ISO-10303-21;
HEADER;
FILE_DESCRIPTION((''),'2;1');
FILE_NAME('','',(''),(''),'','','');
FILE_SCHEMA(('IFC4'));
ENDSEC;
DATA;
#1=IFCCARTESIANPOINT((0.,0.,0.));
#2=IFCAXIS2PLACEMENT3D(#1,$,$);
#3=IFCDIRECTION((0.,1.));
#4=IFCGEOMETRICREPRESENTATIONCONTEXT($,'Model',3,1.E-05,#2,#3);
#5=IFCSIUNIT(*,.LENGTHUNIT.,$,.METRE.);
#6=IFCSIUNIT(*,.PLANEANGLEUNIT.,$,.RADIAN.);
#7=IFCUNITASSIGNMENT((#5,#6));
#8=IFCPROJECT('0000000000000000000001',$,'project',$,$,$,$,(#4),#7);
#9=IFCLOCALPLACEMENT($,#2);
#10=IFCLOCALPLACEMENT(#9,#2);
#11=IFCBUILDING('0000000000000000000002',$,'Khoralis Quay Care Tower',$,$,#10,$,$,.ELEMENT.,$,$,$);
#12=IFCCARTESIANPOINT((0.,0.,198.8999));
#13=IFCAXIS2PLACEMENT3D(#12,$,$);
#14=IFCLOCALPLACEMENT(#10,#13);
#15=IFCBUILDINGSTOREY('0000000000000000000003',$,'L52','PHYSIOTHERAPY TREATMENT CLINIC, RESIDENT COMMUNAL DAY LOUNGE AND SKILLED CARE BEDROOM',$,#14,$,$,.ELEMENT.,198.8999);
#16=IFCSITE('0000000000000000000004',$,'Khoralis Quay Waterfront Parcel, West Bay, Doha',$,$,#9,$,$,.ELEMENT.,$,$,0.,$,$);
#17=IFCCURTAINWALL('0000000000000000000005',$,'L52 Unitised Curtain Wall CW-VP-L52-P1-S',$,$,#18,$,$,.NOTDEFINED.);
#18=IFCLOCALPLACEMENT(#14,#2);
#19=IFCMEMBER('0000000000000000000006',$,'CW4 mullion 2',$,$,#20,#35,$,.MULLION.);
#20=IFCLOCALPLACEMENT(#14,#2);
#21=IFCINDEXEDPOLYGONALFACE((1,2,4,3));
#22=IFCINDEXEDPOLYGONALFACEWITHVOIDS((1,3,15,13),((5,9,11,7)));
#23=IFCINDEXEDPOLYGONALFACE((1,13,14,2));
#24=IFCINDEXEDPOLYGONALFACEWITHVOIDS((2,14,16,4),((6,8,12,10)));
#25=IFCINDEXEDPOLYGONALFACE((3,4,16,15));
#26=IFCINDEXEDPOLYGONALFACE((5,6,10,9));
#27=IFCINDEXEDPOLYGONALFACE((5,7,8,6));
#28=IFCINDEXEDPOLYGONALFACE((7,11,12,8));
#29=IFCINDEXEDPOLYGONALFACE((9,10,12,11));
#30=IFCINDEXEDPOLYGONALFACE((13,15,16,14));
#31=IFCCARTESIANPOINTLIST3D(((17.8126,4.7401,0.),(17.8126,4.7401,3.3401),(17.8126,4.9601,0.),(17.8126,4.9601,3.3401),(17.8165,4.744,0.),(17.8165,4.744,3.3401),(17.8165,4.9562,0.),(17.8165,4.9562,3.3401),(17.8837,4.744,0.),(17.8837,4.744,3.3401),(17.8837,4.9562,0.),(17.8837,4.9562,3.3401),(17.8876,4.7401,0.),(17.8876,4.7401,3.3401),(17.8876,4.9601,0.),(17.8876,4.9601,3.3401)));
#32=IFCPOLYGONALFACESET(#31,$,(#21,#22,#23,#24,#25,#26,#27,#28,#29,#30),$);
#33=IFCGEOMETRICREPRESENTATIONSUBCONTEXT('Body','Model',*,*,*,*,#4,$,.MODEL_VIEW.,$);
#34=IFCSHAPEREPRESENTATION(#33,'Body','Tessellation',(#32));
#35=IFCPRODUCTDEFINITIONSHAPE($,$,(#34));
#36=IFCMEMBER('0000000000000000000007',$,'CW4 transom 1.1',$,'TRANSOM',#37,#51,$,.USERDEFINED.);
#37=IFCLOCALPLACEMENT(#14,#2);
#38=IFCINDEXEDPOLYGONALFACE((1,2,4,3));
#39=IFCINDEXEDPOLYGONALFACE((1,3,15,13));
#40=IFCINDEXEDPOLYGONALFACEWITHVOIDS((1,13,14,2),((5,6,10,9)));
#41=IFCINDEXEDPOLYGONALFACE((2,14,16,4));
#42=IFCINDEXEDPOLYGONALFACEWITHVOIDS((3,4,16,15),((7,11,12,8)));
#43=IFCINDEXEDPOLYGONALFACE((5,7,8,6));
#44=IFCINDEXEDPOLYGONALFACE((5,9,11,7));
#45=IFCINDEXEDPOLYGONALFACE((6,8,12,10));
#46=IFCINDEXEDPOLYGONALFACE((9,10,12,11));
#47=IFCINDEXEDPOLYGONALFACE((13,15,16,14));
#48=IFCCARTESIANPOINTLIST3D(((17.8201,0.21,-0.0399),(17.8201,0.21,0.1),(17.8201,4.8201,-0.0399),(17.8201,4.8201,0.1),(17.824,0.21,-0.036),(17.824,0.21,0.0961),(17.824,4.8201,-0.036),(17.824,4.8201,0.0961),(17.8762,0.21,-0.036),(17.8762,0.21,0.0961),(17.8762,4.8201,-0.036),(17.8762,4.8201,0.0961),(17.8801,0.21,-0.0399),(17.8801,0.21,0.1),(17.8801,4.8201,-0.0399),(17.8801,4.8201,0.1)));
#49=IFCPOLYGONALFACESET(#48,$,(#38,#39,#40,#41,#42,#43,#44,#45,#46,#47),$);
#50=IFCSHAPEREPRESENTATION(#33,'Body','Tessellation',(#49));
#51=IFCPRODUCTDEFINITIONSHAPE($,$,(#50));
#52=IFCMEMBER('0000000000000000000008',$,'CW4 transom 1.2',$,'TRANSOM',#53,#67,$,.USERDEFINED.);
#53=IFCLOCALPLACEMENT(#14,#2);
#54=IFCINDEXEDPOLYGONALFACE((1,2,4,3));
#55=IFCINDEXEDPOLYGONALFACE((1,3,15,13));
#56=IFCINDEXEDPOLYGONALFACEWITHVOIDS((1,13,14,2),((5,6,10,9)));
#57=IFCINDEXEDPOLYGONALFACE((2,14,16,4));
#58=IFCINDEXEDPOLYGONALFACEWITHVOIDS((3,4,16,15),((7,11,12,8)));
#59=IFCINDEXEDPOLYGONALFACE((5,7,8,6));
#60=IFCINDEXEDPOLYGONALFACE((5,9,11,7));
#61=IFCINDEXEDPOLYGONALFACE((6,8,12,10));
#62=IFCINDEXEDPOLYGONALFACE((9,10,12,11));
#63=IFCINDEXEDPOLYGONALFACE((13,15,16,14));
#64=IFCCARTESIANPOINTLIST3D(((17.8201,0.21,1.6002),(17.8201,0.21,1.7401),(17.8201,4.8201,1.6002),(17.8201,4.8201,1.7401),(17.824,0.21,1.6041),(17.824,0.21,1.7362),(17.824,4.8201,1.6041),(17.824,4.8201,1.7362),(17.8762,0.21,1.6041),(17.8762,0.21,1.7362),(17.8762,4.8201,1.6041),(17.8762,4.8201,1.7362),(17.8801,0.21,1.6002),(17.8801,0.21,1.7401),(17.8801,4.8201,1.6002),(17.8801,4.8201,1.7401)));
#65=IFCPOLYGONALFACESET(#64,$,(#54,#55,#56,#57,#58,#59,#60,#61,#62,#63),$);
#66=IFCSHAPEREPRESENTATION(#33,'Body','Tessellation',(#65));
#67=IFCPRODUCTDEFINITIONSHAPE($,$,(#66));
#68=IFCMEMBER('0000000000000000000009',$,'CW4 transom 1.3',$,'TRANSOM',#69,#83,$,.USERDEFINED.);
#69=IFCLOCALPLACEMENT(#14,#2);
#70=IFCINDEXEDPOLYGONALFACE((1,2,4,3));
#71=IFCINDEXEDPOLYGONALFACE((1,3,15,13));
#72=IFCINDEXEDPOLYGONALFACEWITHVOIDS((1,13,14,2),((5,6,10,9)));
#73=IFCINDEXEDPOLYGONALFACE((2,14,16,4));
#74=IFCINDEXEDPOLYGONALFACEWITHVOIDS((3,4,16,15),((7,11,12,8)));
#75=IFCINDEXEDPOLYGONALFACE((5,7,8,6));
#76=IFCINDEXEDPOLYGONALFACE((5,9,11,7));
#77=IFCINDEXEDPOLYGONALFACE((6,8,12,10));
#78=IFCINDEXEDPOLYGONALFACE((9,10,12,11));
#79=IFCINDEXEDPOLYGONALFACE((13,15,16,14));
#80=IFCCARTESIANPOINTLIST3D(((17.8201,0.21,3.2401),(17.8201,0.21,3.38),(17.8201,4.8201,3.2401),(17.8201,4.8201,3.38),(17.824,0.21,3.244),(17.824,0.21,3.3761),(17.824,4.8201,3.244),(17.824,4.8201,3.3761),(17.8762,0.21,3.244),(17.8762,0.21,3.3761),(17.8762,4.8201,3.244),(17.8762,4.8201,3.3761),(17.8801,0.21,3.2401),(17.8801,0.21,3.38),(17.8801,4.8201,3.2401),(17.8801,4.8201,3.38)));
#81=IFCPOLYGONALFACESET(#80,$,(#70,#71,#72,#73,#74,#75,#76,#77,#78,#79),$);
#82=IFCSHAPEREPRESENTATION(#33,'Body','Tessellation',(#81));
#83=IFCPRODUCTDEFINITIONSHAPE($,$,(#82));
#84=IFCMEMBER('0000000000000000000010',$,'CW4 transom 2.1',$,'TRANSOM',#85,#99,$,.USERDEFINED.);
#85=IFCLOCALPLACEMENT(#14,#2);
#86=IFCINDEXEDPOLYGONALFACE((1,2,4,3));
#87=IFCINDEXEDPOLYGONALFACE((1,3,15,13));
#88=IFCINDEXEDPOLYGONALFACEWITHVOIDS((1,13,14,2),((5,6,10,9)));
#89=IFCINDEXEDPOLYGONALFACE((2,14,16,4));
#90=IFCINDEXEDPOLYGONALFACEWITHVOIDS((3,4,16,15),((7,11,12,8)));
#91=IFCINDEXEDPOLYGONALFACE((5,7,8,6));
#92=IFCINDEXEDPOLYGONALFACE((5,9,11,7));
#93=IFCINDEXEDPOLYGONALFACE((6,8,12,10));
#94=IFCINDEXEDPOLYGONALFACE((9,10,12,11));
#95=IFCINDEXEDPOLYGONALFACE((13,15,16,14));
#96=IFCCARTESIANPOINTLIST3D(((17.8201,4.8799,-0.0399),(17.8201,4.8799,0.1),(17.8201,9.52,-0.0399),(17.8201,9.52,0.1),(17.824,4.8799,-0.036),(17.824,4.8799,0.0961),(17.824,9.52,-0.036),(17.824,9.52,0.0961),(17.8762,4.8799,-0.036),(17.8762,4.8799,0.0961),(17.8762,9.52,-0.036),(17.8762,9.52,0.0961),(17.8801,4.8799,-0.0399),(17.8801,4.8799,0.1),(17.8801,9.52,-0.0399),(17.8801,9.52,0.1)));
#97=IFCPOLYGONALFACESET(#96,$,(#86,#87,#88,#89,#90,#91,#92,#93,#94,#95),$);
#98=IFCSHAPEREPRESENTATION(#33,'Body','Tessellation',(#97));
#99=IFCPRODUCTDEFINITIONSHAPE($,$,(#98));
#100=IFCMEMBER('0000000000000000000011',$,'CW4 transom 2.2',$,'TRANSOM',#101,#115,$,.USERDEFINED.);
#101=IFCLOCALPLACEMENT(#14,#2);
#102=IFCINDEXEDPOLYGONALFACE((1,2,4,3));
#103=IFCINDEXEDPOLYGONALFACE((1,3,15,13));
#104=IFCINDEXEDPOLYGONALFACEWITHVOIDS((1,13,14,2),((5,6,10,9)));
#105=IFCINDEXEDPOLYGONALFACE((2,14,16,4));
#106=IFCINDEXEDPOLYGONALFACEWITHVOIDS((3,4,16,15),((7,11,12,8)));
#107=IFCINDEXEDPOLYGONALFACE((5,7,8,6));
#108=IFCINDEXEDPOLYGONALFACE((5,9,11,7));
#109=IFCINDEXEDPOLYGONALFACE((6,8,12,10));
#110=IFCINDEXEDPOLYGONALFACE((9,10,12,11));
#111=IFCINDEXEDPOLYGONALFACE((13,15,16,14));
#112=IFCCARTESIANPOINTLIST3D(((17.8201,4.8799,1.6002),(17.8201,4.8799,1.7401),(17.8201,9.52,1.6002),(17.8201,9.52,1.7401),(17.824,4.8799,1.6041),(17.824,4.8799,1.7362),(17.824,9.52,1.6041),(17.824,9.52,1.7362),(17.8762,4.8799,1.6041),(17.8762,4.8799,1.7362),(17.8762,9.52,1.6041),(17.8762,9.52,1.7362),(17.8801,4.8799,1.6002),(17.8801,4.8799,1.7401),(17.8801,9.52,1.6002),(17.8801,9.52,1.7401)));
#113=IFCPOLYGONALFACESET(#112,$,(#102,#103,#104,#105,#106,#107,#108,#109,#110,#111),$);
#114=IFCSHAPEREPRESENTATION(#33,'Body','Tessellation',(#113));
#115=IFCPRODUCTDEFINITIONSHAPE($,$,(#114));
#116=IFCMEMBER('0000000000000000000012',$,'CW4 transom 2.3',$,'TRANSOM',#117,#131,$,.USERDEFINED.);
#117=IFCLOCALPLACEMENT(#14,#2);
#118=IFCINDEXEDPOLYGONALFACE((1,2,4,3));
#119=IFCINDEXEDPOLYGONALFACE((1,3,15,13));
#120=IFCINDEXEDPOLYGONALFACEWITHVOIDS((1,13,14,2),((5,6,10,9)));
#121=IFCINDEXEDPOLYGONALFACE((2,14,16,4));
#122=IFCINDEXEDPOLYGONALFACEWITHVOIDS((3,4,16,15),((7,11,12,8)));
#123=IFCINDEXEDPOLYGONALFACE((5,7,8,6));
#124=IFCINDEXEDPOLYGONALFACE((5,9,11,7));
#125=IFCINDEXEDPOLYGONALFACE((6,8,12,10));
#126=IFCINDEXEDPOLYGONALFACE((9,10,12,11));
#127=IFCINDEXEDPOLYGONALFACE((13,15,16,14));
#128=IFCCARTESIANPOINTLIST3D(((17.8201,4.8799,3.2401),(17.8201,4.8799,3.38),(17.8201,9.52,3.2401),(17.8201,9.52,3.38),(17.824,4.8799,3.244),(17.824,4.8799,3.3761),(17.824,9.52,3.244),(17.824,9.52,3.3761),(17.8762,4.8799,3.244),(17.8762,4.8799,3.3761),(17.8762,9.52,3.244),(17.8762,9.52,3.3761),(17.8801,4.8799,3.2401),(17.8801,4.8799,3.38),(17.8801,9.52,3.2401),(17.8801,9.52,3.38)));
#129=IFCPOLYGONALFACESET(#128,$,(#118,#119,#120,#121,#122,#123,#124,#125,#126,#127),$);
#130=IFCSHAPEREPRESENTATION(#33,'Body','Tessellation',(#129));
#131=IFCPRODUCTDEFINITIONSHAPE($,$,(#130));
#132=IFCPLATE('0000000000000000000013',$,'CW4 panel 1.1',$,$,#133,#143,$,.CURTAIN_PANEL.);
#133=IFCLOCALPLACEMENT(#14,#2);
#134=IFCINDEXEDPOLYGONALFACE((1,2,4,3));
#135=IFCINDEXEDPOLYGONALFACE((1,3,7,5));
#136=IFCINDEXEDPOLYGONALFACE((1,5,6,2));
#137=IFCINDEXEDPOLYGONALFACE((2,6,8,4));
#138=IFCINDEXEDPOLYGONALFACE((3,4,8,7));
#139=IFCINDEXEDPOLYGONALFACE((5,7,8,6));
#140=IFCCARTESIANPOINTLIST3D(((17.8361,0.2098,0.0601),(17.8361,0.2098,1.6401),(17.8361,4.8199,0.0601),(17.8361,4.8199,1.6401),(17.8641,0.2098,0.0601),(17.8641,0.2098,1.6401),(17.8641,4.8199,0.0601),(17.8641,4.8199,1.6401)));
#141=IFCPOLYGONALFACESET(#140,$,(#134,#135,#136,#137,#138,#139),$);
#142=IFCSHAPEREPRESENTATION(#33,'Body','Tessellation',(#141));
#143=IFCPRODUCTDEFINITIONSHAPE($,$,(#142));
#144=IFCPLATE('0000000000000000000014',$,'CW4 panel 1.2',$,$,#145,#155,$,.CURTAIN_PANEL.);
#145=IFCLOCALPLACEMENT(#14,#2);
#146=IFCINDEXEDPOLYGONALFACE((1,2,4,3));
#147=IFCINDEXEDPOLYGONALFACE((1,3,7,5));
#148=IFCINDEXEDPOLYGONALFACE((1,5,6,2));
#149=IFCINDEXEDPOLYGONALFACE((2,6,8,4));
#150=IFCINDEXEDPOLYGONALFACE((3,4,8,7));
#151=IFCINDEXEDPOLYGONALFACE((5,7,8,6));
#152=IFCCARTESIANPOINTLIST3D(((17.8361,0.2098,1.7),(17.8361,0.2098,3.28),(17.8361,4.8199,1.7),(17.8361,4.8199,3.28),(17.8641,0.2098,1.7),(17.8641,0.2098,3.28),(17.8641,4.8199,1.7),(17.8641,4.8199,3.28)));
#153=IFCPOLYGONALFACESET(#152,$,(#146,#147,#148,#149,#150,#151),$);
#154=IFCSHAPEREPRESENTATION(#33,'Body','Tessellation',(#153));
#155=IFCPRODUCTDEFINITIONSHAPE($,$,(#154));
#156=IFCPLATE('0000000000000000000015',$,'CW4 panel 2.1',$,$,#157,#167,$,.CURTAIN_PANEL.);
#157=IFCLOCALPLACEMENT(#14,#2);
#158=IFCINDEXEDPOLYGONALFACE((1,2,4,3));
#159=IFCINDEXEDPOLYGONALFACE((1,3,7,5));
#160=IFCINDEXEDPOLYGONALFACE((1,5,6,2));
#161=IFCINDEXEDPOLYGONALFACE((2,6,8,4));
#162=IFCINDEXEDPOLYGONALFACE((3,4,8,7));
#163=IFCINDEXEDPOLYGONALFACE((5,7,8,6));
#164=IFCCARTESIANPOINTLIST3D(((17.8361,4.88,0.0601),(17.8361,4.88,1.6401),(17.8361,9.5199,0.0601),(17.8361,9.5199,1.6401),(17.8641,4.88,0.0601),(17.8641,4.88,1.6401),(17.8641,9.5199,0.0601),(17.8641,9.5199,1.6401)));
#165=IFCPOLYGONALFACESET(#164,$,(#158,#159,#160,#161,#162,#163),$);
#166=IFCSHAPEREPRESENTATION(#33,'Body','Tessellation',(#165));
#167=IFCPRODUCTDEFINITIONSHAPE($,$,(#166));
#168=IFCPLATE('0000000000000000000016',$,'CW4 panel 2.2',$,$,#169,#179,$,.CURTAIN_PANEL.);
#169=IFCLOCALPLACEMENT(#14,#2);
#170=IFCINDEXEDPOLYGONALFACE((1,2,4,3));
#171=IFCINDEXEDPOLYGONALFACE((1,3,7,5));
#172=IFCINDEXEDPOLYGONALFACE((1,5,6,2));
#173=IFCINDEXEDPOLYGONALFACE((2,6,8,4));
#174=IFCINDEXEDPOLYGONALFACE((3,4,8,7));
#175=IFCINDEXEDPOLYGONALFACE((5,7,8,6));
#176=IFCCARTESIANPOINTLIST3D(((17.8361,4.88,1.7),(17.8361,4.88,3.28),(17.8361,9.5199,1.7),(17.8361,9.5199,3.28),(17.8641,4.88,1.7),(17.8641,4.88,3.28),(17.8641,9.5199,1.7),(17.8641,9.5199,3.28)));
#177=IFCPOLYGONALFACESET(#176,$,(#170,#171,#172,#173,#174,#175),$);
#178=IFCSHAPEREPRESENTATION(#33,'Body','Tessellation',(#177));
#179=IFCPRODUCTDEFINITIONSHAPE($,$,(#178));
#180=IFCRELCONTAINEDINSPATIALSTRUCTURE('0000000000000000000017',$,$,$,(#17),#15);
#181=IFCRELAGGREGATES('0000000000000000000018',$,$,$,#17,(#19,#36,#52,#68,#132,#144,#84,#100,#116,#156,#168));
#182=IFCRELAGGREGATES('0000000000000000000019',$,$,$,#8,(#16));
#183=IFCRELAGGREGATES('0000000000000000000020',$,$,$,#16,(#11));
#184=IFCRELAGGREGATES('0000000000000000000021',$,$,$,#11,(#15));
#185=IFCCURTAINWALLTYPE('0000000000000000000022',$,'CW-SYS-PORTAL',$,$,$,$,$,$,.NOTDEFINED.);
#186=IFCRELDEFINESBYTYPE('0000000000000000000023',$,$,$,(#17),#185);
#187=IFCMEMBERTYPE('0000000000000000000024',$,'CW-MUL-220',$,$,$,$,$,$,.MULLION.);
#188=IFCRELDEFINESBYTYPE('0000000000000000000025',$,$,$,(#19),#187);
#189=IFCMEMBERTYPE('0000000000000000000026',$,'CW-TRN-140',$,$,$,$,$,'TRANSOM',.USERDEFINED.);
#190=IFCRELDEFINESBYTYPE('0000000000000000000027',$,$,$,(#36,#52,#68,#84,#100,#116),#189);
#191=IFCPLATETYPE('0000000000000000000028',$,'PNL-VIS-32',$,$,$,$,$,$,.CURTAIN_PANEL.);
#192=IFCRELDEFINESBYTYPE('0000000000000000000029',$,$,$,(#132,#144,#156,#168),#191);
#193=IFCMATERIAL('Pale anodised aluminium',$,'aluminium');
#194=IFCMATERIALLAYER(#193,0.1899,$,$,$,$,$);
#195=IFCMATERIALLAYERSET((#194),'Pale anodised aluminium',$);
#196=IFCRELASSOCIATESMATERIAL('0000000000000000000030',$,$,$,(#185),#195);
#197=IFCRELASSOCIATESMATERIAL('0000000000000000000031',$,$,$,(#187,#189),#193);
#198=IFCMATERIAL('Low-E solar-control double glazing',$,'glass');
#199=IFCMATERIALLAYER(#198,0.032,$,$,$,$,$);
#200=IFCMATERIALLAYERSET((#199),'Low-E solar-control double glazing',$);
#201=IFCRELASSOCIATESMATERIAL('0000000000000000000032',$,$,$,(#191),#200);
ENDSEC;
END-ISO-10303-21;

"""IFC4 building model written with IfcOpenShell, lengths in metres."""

from ifc_helpers import new_model, si_unit, direction, frame, origin, origin_2d, place, context, subcontext, project, spatial, rectangle, hollow_rectangle, extrude, source, transform, mapped, material, layer, layer_set, material_profile, profile_set, type_object, element, aggregate, save


model = new_model("IFC4")

# Units and contexts
model_context = context("Model", 3, precision=1e-05, world=origin(), true_north=direction((0.0, 1.0)))
body_context = subcontext(model_context, "Body", "Model", "MODEL_VIEW")
ifc_project = project(units=[si_unit("LENGTHUNIT", "METRE"), si_unit("PLANEANGLEUNIT", "RADIAN")], contexts=[model_context])

# Site, building, storey
site_placement = place(None, origin())
site = spatial("IfcSite", under=ifc_project, at=site_placement, Name="Khoralis Quay Waterfront Parcel, West Bay, Doha", CompositionType="ELEMENT", RefElevation=0.0)
building_placement = place(site_placement, origin())
building = spatial("IfcBuilding", under=site, at=building_placement, Name="Khoralis Quay Care Tower", CompositionType="ELEMENT")
storey_placement = place(building_placement, frame((0.0, 0.0, 198.8999)))
storey = spatial("IfcBuildingStorey", under=building, at=storey_placement, Name="L52", Description="PHYSIOTHERAPY TREATMENT CLINIC, RESIDENT COMMUNAL DAY LOUNGE AND SKILLED CARE BEDROOM", CompositionType="ELEMENT", Elevation=198.8999)

# Curtain wall, members, plates
ifc_material_1 = material(Name="Pale anodised aluminium", Category="aluminium")
ifc_layer_1 = layer(ifc_material_1, 0.1899)
ifc_layer_set_1 = layer_set([ifc_layer_1], Name="Pale anodised aluminium")
curtain_wall_type = type_object("IfcCurtainWallType", Name="CW-SYS-PORTAL", PredefinedType="NOTDEFINED", material=ifc_layer_set_1)
curtain_wall_placement = place(storey_placement, origin())
curtain_wall = element("IfcCurtainWall", 1, at=curtain_wall_placement, inside=storey, type_object=curtain_wall_type, Name="L52 Unitised Curtain Wall CW-VP-L52-P1-S", PredefinedType="NOTDEFINED")
ifc_material_profile_1 = material_profile(ifc_material_1, hollow_rectangle(XDim=0.075, YDim=0.22, WallThickness=0.0039, at=origin_2d()), Name="Pale anodised aluminium")
ifc_profile_set_1 = profile_set([ifc_material_profile_1], Name="Pale anodised aluminium")
member_type_1 = type_object("IfcMemberType", Name="CW-MUL-220", PredefinedType="MULLION", material=ifc_profile_set_1)
shared_shape_1 = source(origin(), body_context, "Body", "SweptSolid", [
    extrude(hollow_rectangle(XDim=0.075, YDim=0.22, WallThickness=0.0039, at=origin_2d()), origin(), (0.0, 0.0, 1.0), 3.3401),
])
member_1_placement = place(storey_placement, frame((17.8501, 4.8501, 0.0), z_axis=(0.0, 0.0, 1.0), x_axis=(-1.0, 0.0, 0.0)))
member_1 = element("IfcMember", 2, at=member_1_placement, type_object=member_type_1, Name="CW4 mullion 2", PredefinedType="MULLION", context=body_context, shape_type="MappedRepresentation", body=[
    mapped(shared_shape_1, transform((0.0, 0.0, 0.0), scale=1.0)),
])
ifc_material_profile_2 = material_profile(ifc_material_1, hollow_rectangle(XDim=0.0601, YDim=0.1399, WallThickness=0.0039, at=origin_2d()), Name="Pale anodised aluminium")
ifc_profile_set_2 = profile_set([ifc_material_profile_2], Name="Pale anodised aluminium")
member_type_2 = type_object("IfcMemberType", Name="CW-TRN-140", ElementType="TRANSOM", PredefinedType="USERDEFINED", material=ifc_profile_set_2)
shared_shape_2 = source(origin(), body_context, "Body", "SweptSolid", [
    extrude(hollow_rectangle(XDim=0.0601, YDim=0.1399, WallThickness=0.0039, at=origin_2d()), origin(), (0.0, 0.0, 1.0), 4.6101),
])
member_2_placement = place(storey_placement, frame((17.8501, 0.21, 0.03), z_axis=(0.0, 1.0, 0.0), x_axis=(-1.0, 0.0, 0.0)))
member_2 = element("IfcMember", 3, at=member_2_placement, type_object=member_type_2, Name="CW4 transom 1.1", ObjectType="TRANSOM", PredefinedType="USERDEFINED", context=body_context, shape_type="MappedRepresentation", body=[
    mapped(shared_shape_2, transform((0.0, 0.0, 0.0), scale=1.0)),
])
member_3_placement = place(storey_placement, frame((17.8501, 0.21, 1.6702), z_axis=(0.0, 1.0, 0.0), x_axis=(-1.0, 0.0, 0.0)))
member_3 = element("IfcMember", 4, at=member_3_placement, type_object=member_type_2, Name="CW4 transom 1.2", ObjectType="TRANSOM", PredefinedType="USERDEFINED", context=body_context, shape_type="MappedRepresentation", body=[
    mapped(shared_shape_2, transform((0.0, 0.0, 0.0), scale=1.0)),
])
member_4_placement = place(storey_placement, frame((17.8501, 0.21, 3.3101), z_axis=(0.0, 1.0, 0.0), x_axis=(-1.0, 0.0, 0.0)))
member_4 = element("IfcMember", 5, at=member_4_placement, type_object=member_type_2, Name="CW4 transom 1.3", ObjectType="TRANSOM", PredefinedType="USERDEFINED", context=body_context, shape_type="MappedRepresentation", body=[
    mapped(shared_shape_2, transform((0.0, 0.0, 0.0), scale=1.0)),
])
shared_shape_3 = source(origin(), body_context, "Body", "SweptSolid", [
    extrude(hollow_rectangle(XDim=0.0601, YDim=0.1399, WallThickness=0.0039, at=origin_2d()), origin(), (0.0, 0.0, 1.0), 4.6401),
])
member_5_placement = place(storey_placement, frame((17.8501, 4.8799, 0.03), z_axis=(0.0, 1.0, 0.0), x_axis=(-1.0, 0.0, 0.0)))
member_5 = element("IfcMember", 6, at=member_5_placement, type_object=member_type_2, Name="CW4 transom 2.1", ObjectType="TRANSOM", PredefinedType="USERDEFINED", context=body_context, shape_type="MappedRepresentation", body=[
    mapped(shared_shape_3, transform((0.0, 0.0, 0.0), scale=1.0)),
])
member_6_placement = place(storey_placement, frame((17.8501, 4.8799, 1.6702), z_axis=(0.0, 1.0, 0.0), x_axis=(-1.0, 0.0, 0.0)))
member_6 = element("IfcMember", 7, at=member_6_placement, type_object=member_type_2, Name="CW4 transom 2.2", ObjectType="TRANSOM", PredefinedType="USERDEFINED", context=body_context, shape_type="MappedRepresentation", body=[
    mapped(shared_shape_3, transform((0.0, 0.0, 0.0), scale=1.0)),
])
member_7_placement = place(storey_placement, frame((17.8501, 4.8799, 3.3101), z_axis=(0.0, 1.0, 0.0), x_axis=(-1.0, 0.0, 0.0)))
member_7 = element("IfcMember", 8, at=member_7_placement, type_object=member_type_2, Name="CW4 transom 2.3", ObjectType="TRANSOM", PredefinedType="USERDEFINED", context=body_context, shape_type="MappedRepresentation", body=[
    mapped(shared_shape_3, transform((0.0, 0.0, 0.0), scale=1.0)),
])
ifc_material_2 = material(Name="Low-E solar-control double glazing", Category="glass")
ifc_layer_2 = layer(ifc_material_2, 0.032)
ifc_layer_set_2 = layer_set([ifc_layer_2], Name="Low-E solar-control double glazing")
plate_type = type_object("IfcPlateType", Name="PNL-VIS-32", PredefinedType="CURTAIN_PANEL", material=ifc_layer_set_2)
shared_shape_4 = source(origin(), body_context, "Body", "SweptSolid", [
    extrude(rectangle(XDim=4.6101, YDim=0.0281, at=origin_2d()), origin(), (0.0, 0.0, 1.0), 1.5801),
])
plate_1_placement = place(storey_placement, frame((17.8501, 2.5149, 0.0601), z_axis=(0.0, 0.0, 1.0), x_axis=(0.0, 1.0, 0.0)))
plate_1 = element("IfcPlate", 9, at=plate_1_placement, type_object=plate_type, Name="CW4 panel 1.1", PredefinedType="CURTAIN_PANEL", context=body_context, shape_type="MappedRepresentation", body=[
    mapped(shared_shape_4, transform((0.0, 0.0, 0.0), scale=1.0)),
])
plate_2_placement = place(storey_placement, frame((17.8501, 2.5149, 1.7), z_axis=(0.0, 0.0, 1.0), x_axis=(0.0, 1.0, 0.0)))
plate_2 = element("IfcPlate", 10, at=plate_2_placement, type_object=plate_type, Name="CW4 panel 1.2", PredefinedType="CURTAIN_PANEL", context=body_context, shape_type="MappedRepresentation", body=[
    mapped(shared_shape_4, transform((0.0, 0.0, 0.0), scale=1.0)),
])
shared_shape_5 = source(origin(), body_context, "Body", "SweptSolid", [
    extrude(rectangle(XDim=4.6399, YDim=0.0281, at=origin_2d()), origin(), (0.0, 0.0, 1.0), 1.5801),
])
plate_3_placement = place(storey_placement, frame((17.8501, 7.2, 0.0601), z_axis=(0.0, 0.0, 1.0), x_axis=(0.0, 1.0, 0.0)))
plate_3 = element("IfcPlate", 11, at=plate_3_placement, type_object=plate_type, Name="CW4 panel 2.1", PredefinedType="CURTAIN_PANEL", context=body_context, shape_type="MappedRepresentation", body=[
    mapped(shared_shape_5, transform((0.0, 0.0, 0.0), scale=1.0)),
])
plate_4_placement = place(storey_placement, frame((17.8501, 7.2, 1.7), z_axis=(0.0, 0.0, 1.0), x_axis=(0.0, 1.0, 0.0)))
plate_4 = element("IfcPlate", 12, at=plate_4_placement, type_object=plate_type, Name="CW4 panel 2.2", PredefinedType="CURTAIN_PANEL", context=body_context, shape_type="MappedRepresentation", body=[
    mapped(shared_shape_5, transform((0.0, 0.0, 0.0), scale=1.0)),
])
aggregate(curtain_wall, [member_1, member_2, member_3, member_4, plate_1, plate_2, member_5, member_6, member_7, plate_3, plate_4])

save(model, "model.ifc")
